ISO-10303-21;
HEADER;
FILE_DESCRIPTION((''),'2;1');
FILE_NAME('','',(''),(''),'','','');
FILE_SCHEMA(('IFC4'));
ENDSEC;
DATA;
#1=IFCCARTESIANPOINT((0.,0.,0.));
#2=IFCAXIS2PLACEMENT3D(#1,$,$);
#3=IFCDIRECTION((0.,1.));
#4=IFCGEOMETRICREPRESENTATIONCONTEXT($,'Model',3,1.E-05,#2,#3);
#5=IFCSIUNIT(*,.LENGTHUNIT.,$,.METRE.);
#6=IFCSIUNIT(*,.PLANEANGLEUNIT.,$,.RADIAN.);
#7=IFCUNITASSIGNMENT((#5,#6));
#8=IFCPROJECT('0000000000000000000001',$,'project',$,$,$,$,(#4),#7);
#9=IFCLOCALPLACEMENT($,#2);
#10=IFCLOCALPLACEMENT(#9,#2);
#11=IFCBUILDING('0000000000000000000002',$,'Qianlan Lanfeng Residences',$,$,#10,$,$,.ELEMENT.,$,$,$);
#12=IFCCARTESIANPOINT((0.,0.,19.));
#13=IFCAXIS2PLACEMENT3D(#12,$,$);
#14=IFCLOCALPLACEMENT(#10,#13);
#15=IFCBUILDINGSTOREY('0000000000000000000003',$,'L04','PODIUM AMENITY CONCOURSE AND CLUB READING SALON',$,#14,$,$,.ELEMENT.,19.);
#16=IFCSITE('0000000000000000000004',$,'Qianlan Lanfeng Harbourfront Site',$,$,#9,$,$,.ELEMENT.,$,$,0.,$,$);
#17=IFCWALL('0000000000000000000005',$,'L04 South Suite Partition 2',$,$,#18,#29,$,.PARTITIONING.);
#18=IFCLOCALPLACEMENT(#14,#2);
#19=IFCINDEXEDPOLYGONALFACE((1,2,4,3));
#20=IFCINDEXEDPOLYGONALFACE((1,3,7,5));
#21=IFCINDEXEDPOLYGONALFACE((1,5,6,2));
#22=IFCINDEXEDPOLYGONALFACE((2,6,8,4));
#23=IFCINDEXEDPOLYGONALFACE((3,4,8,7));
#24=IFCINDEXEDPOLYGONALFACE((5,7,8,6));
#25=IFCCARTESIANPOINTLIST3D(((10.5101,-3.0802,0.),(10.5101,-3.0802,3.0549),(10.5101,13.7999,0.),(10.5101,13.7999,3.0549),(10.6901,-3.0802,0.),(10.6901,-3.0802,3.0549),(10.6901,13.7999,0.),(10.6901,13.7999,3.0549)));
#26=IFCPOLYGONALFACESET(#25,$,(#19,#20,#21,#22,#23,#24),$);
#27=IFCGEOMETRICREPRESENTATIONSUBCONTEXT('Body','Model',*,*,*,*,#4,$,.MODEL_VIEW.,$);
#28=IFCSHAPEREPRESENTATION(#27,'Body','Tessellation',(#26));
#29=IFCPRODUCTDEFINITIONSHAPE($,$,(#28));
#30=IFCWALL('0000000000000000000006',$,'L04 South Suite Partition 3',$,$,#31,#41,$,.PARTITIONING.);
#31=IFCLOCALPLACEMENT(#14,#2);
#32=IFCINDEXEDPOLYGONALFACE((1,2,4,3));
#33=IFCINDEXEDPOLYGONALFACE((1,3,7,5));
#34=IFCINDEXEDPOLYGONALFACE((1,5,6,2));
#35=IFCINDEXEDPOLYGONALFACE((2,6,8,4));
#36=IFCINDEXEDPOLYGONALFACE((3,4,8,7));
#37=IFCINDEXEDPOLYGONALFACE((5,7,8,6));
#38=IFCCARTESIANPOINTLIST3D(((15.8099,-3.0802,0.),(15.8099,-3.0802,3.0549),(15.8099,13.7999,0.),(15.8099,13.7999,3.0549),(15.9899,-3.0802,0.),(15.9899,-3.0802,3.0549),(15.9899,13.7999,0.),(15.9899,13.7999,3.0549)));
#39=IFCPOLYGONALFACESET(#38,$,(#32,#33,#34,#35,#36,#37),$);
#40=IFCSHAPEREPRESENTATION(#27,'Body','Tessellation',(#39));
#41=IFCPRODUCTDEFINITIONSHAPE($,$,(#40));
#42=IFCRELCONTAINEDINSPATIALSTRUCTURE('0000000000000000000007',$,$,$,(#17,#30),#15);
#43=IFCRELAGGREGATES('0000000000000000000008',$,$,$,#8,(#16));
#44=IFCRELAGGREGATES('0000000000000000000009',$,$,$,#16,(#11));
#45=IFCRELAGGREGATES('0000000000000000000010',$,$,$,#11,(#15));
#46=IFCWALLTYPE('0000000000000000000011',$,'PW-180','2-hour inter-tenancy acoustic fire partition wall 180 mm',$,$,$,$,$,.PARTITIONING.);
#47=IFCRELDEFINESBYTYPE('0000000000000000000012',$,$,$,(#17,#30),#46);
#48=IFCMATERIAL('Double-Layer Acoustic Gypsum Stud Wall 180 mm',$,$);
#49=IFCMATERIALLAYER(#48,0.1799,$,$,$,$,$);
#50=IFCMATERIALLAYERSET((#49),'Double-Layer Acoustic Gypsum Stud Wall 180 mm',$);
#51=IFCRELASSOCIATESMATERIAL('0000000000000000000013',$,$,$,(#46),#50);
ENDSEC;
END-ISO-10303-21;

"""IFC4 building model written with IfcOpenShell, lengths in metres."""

from ifc_helpers import new_model, si_unit, direction, frame, frame_2d, origin, place, context, subcontext, project, spatial, rectangle, extrude, material, layer, layer_set, type_object, element, save


model = new_model("IFC4")

# Units and contexts
model_context = context("Model", 3, precision=1e-05, world=origin(), true_north=direction((0.0, 1.0)))
body_context = subcontext(model_context, "Body", "Model", "MODEL_VIEW")
ifc_project = project(units=[si_unit("LENGTHUNIT", "METRE"), si_unit("PLANEANGLEUNIT", "RADIAN")], contexts=[model_context])

# Site, building, storey
site_placement = place(None, origin())
site = spatial("IfcSite", under=ifc_project, at=site_placement, Name="Qianlan Lanfeng Harbourfront Site", CompositionType="ELEMENT", RefElevation=0.0)
building_placement = place(site_placement, origin())
building = spatial("IfcBuilding", under=site, at=building_placement, Name="Qianlan Lanfeng Residences", CompositionType="ELEMENT")
storey_placement = place(building_placement, frame((0.0, 0.0, 19.0)))
storey = spatial("IfcBuildingStorey", under=building, at=storey_placement, Name="L04", Description="PODIUM AMENITY CONCOURSE AND CLUB READING SALON", CompositionType="ELEMENT", Elevation=19.0)

# Walls
ifc_material_1 = material(Name="Double-Layer Acoustic Gypsum Stud Wall 180 mm")
ifc_layer_1 = layer(ifc_material_1, 0.1799)
ifc_layer_set_1 = layer_set([ifc_layer_1], Name="Double-Layer Acoustic Gypsum Stud Wall 180 mm")
wall_type_1 = type_object("IfcWallType", Name="PW-180", Description="2-hour inter-tenancy acoustic fire partition wall 180 mm", PredefinedType="PARTITIONING", material=ifc_layer_set_1)
for number, where, z_axis, x_axis, name in (
    (1, (10.6001, -3.0801, 0.0), (0.0, 0.0, 1.0), (0.0, 1.0, 0.0), "L04 South Suite Partition 2"),
    (2, (15.8999, -3.0801, 0.0), (0.0, 0.0, 1.0), (0.0, 1.0, 0.0), "L04 South Suite Partition 3"),
):
    element("IfcWall", number, at=place(storey_placement, frame(where, z_axis=z_axis, x_axis=x_axis)), inside=storey, type_object=wall_type_1, Name=name, PredefinedType="PARTITIONING", context=body_context, shape_type="SweptSolid", body=[
        extrude(rectangle(XDim=16.8801, YDim=0.1799, at=frame_2d((8.4399, 0.0))), origin(), (0.0, 0.0, 1.0), 3.0549),
    ])

save(model, "model.ifc")
